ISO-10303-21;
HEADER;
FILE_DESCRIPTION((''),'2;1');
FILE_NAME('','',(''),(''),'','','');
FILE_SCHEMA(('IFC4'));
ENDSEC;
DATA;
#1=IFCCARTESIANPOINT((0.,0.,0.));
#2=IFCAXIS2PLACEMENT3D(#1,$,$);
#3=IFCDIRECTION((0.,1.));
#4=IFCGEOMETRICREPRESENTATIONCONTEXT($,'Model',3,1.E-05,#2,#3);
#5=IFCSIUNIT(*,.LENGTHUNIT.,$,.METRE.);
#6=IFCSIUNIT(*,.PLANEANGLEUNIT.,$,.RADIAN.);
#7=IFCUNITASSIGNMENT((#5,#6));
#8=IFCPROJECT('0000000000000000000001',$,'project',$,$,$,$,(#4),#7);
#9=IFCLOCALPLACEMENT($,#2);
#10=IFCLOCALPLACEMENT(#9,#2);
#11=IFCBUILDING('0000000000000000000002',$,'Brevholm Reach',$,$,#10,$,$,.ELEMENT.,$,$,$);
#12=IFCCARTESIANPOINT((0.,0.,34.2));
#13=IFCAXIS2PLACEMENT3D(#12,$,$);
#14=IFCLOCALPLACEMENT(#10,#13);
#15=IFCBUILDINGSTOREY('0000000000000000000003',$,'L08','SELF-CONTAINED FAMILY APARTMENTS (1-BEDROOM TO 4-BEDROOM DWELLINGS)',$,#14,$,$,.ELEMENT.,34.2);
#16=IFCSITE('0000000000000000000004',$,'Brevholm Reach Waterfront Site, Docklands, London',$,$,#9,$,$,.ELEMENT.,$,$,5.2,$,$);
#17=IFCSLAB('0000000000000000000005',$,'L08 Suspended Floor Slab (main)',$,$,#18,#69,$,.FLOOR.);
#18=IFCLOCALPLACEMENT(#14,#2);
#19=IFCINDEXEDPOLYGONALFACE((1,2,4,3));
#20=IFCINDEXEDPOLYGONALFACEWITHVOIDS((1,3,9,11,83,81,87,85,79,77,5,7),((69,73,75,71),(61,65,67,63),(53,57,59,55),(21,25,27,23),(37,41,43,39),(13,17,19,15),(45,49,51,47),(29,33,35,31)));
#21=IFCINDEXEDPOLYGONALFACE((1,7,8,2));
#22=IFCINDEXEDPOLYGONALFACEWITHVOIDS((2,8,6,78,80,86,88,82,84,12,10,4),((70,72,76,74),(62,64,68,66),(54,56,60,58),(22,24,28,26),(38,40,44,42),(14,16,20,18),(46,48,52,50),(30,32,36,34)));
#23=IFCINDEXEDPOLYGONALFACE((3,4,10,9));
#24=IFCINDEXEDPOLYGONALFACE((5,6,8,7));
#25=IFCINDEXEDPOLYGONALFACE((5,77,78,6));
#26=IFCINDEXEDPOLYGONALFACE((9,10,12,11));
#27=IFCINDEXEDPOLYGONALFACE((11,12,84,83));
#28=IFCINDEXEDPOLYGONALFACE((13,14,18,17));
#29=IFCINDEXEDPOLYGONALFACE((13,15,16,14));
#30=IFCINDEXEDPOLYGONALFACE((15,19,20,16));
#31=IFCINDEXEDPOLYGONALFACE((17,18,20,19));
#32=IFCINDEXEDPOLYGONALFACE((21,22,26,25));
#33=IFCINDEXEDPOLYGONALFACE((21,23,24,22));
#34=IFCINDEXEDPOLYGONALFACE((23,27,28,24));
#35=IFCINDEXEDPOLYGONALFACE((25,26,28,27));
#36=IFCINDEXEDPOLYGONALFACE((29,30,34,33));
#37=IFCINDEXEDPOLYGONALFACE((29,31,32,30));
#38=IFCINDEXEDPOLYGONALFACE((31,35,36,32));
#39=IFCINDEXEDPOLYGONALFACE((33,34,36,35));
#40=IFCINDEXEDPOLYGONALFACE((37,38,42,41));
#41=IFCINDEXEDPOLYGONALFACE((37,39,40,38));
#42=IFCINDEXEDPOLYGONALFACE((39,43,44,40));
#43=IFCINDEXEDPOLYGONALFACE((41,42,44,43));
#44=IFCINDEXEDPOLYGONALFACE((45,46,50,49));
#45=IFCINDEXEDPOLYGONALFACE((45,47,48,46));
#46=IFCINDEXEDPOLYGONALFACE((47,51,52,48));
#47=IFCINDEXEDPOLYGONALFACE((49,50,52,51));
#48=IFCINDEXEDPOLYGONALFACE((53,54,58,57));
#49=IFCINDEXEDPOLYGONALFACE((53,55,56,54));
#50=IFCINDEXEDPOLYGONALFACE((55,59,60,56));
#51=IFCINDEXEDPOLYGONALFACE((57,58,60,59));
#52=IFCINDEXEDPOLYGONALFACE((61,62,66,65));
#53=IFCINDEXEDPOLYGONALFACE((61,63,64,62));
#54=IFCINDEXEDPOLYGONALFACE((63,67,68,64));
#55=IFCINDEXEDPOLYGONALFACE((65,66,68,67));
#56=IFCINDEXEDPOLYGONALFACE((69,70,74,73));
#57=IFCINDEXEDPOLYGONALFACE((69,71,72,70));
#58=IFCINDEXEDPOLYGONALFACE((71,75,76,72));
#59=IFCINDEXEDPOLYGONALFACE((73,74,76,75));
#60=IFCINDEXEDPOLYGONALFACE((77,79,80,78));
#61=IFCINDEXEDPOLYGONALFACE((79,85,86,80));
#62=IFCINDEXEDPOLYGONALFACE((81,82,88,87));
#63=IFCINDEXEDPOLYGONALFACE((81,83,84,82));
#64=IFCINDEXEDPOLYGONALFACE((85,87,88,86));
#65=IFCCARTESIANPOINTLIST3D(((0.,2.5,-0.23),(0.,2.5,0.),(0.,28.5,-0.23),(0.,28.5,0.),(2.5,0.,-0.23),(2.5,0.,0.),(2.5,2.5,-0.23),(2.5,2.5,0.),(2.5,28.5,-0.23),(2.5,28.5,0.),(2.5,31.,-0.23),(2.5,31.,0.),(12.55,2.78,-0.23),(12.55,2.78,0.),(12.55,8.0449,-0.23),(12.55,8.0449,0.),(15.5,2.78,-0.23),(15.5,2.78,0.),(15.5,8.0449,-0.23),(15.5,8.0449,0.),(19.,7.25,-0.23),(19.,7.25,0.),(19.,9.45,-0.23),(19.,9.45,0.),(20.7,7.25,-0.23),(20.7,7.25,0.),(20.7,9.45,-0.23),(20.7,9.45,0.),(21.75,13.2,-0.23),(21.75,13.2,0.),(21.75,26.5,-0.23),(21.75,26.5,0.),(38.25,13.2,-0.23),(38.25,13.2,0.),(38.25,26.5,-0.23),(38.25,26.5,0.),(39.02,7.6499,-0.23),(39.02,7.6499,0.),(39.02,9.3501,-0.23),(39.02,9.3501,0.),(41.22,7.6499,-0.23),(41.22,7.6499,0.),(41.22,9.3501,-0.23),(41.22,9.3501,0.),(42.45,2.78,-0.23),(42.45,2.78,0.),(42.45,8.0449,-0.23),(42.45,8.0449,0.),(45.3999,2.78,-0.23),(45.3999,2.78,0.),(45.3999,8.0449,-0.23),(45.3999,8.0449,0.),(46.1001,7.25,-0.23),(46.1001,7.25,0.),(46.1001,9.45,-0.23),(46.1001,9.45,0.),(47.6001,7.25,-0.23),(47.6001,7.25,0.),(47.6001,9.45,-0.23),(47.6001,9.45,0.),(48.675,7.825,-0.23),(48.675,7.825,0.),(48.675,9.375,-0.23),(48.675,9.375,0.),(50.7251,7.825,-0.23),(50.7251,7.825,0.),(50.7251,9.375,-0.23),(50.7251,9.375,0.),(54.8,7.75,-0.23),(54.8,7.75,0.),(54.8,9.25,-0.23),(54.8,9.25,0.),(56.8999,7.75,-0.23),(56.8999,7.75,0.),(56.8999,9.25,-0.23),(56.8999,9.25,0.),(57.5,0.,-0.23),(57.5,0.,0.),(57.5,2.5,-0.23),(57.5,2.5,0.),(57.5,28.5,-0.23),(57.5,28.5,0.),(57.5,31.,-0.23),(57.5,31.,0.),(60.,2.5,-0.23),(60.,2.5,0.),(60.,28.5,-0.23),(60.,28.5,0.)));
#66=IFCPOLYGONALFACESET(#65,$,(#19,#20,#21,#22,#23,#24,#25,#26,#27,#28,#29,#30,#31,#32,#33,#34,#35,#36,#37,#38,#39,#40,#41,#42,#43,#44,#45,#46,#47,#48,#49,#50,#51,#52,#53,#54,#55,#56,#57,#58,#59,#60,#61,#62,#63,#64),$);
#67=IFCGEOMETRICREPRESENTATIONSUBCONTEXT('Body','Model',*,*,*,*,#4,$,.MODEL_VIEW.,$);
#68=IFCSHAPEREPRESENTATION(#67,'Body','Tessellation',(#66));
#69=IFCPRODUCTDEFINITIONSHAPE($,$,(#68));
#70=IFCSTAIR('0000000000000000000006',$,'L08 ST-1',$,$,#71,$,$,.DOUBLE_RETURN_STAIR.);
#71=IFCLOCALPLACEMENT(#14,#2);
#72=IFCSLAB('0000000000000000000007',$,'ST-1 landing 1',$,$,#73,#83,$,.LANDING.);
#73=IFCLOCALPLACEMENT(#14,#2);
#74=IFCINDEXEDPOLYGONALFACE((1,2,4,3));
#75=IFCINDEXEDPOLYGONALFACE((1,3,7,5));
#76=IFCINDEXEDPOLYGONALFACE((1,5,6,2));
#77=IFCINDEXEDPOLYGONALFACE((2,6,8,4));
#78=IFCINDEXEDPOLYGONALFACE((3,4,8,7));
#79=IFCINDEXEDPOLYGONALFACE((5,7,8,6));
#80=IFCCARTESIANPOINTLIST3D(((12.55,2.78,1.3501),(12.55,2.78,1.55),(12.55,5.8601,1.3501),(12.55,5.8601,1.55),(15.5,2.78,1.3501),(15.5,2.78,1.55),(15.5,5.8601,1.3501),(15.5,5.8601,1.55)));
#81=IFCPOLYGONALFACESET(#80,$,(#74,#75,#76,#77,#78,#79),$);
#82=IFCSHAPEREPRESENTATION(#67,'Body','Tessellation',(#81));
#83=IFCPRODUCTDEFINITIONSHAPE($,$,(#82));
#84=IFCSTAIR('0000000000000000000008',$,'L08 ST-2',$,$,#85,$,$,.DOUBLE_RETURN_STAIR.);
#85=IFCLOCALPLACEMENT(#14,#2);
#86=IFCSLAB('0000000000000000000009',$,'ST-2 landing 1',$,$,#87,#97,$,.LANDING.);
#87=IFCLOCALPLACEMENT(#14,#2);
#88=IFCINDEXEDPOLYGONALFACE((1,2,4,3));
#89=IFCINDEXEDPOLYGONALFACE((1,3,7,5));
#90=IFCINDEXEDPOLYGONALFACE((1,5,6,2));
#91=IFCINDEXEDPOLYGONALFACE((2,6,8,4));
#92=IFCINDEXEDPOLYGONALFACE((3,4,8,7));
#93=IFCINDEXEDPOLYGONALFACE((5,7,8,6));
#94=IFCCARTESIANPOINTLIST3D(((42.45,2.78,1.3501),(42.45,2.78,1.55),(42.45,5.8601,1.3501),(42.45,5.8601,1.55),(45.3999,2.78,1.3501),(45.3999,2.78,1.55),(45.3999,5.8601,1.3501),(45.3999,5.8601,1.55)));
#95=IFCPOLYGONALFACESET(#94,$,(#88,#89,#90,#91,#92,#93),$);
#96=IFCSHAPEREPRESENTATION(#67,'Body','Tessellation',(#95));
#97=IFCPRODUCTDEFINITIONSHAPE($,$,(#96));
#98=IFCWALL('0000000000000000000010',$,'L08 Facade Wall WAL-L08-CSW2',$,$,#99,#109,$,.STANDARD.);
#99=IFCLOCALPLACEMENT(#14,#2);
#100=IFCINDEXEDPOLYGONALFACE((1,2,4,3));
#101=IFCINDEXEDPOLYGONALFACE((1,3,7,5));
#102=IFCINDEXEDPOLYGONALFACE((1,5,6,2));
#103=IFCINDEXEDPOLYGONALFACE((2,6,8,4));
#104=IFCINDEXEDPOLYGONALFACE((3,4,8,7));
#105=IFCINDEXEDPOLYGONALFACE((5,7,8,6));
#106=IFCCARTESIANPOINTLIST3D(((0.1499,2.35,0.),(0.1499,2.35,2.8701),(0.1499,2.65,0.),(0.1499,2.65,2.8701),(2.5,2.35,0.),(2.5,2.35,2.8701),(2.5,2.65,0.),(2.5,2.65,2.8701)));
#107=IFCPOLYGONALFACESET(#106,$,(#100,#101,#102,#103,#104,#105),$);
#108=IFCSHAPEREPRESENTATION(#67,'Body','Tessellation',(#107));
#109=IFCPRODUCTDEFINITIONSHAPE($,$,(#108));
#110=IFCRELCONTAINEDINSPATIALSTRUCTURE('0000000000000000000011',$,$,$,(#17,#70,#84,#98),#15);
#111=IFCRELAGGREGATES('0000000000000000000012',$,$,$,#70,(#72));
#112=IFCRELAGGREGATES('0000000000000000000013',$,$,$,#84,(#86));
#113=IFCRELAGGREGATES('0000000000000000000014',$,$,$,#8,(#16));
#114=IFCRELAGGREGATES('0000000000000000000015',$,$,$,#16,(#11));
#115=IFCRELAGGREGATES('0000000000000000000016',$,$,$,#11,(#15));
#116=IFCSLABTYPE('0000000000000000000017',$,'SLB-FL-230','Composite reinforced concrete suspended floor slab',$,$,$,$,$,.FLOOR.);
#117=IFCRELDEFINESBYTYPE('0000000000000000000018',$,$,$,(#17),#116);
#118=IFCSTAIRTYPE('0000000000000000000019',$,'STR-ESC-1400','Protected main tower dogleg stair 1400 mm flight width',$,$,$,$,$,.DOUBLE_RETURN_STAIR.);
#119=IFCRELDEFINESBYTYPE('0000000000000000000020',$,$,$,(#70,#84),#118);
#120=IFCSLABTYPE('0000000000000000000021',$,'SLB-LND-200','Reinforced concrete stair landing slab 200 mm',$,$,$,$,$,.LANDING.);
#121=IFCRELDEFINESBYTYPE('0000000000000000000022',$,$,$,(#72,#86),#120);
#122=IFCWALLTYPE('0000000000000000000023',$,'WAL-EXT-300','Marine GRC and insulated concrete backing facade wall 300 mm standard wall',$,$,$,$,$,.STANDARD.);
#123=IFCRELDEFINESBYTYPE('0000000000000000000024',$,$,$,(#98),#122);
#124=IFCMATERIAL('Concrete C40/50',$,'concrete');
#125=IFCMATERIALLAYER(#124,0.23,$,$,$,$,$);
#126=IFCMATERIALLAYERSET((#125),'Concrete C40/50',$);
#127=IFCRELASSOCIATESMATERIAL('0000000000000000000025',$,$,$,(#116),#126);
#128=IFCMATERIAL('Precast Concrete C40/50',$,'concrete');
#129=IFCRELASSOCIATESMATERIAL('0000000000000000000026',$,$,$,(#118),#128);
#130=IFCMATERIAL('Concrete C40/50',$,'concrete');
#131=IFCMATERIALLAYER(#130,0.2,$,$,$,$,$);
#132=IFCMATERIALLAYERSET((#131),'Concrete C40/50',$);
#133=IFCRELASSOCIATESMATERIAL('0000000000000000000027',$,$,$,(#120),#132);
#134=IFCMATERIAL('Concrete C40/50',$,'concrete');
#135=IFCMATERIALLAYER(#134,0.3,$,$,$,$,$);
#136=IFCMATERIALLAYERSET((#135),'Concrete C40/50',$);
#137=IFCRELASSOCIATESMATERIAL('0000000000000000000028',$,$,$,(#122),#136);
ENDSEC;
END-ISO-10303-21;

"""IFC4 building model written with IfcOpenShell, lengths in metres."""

from ifc_helpers import new_model, si_unit, direction, frame, frame_2d, origin, place, context, subcontext, project, spatial, polyline, rectangle, outline, extrude, material, layer, layer_set, type_object, element, aggregate, save


model = new_model("IFC4")

# Units and contexts
model_context = context("Model", 3, precision=1e-05, world=origin(), true_north=direction((0.0, 1.0)))
body_context = subcontext(model_context, "Body", "Model", "MODEL_VIEW")
ifc_project = project(units=[si_unit("LENGTHUNIT", "METRE"), si_unit("PLANEANGLEUNIT", "RADIAN")], contexts=[model_context])

# Site, building, storey
site_placement = place(None, origin())
site = spatial("IfcSite", under=ifc_project, at=site_placement, Name="Brevholm Reach Waterfront Site, Docklands, London", CompositionType="ELEMENT", RefElevation=5.2)
building_placement = place(site_placement, origin())
building = spatial("IfcBuilding", under=site, at=building_placement, Name="Brevholm Reach", CompositionType="ELEMENT")
storey_placement = place(building_placement, frame((0.0, 0.0, 34.2)))
storey = spatial("IfcBuildingStorey", under=building, at=storey_placement, Name="L08", Description="SELF-CONTAINED FAMILY APARTMENTS (1-BEDROOM TO 4-BEDROOM DWELLINGS)", CompositionType="ELEMENT", Elevation=34.2)

# Slab
ifc_material_1 = material(Name="Concrete C40/50", Category="concrete")
ifc_layer_1 = layer(ifc_material_1, 0.23)
ifc_layer_set_1 = layer_set([ifc_layer_1], Name="Concrete C40/50")
slab_type_1 = type_object("IfcSlabType", Name="SLB-FL-230", Description="Composite reinforced concrete suspended floor slab", PredefinedType="FLOOR", material=ifc_layer_set_1)
slab_1_placement = place(storey_placement, frame((0.0, 0.0, -0.23)))
element("IfcSlab", 1, at=slab_1_placement, inside=storey, type_object=slab_type_1, Name="L08 Suspended Floor Slab (main)", PredefinedType="FLOOR", context=body_context, shape_type="SweptSolid", body=[
    extrude(outline(polyline([(2.5, 0.0), (57.5, 0.0), (57.5, 2.5), (60.0, 2.5), (60.0, 28.5), (57.5, 28.5), (57.5, 31.0), (2.5, 31.0), (2.5, 28.5), (0.0, 28.5), (0.0, 2.5), (2.5, 2.5), (2.5, 0.0)]), holes=[polyline([(21.75, 13.2), (38.25, 13.2), (38.25, 26.5), (21.75, 26.5), (21.75, 13.2)]), polyline([(12.55, 2.78), (15.5, 2.78), (15.5, 8.0449), (12.55, 8.0449), (12.55, 2.78)]), polyline([(42.45, 2.78), (45.3999, 2.78), (45.3999, 8.0449), (42.45, 8.0449), (42.45, 2.78)]), polyline([(19.0, 7.25), (20.7, 7.25), (20.7, 9.45), (19.0, 9.45), (19.0, 7.25)]), polyline([(46.1001, 7.25), (47.6001, 7.25), (47.6001, 9.45), (46.1001, 9.45), (46.1001, 7.25)]), polyline([(48.675, 7.825), (50.7251, 7.825), (50.7251, 9.375), (48.675, 9.375), (48.675, 7.825)]), polyline([(54.8, 7.75), (56.8999, 7.75), (56.8999, 9.25), (54.8, 9.25), (54.8, 7.75)]), polyline([(39.02, 7.6499), (41.22, 7.6499), (41.22, 9.3501), (39.02, 9.3501), (39.02, 7.6499)])]), origin(), (0.0, 0.0, 1.0), 0.23),
])

# Stairs, slabs
ifc_material_2 = material(Name="Precast Concrete C40/50", Category="concrete")
stair_type = type_object("IfcStairType", Name="STR-ESC-1400", Description="Protected main tower dogleg stair 1400 mm flight width", PredefinedType="DOUBLE_RETURN_STAIR", material=ifc_material_2)
stair_1_placement = place(storey_placement, origin())
stair_1 = element("IfcStair", 2, at=stair_1_placement, inside=storey, type_object=stair_type, Name="L08 ST-1", PredefinedType="DOUBLE_RETURN_STAIR")
ifc_material_3 = material(Name="Concrete C40/50", Category="concrete")
ifc_layer_2 = layer(ifc_material_3, 0.2)
ifc_layer_set_2 = layer_set([ifc_layer_2], Name="Concrete C40/50")
slab_type_2 = type_object("IfcSlabType", Name="SLB-LND-200", Description="Reinforced concrete stair landing slab 200 mm", PredefinedType="LANDING", material=ifc_layer_set_2)
slab_2_placement = place(storey_placement, frame((0.0, 0.0, 1.3501)))
slab_2 = element("IfcSlab", 3, at=slab_2_placement, type_object=slab_type_2, Name="ST-1 landing 1", PredefinedType="LANDING", context=body_context, shape_type="SweptSolid", body=[
    extrude(outline(polyline([(12.55, 5.8601), (12.55, 2.78), (15.5, 2.78), (15.5, 5.8601), (12.55, 5.8601)])), origin(), (0.0, 0.0, 1.0), 0.2),
])
aggregate(stair_1, [slab_2])
stair_2_placement = place(storey_placement, origin())
stair_2 = element("IfcStair", 4, at=stair_2_placement, inside=storey, type_object=stair_type, Name="L08 ST-2", PredefinedType="DOUBLE_RETURN_STAIR")
slab_3_placement = place(storey_placement, frame((0.0, 0.0, 1.3501)))
slab_3 = element("IfcSlab", 5, at=slab_3_placement, type_object=slab_type_2, Name="ST-2 landing 1", PredefinedType="LANDING", context=body_context, shape_type="SweptSolid", body=[
    extrude(outline(polyline([(42.45, 5.8601), (42.45, 2.78), (45.3999, 2.78), (45.3999, 5.8601), (42.45, 5.8601)])), origin(), (0.0, 0.0, 1.0), 0.2),
])
aggregate(stair_2, [slab_3])

# Wall
ifc_material_4 = material(Name="Concrete C40/50", Category="concrete")
ifc_layer_3 = layer(ifc_material_4, 0.3)
ifc_layer_set_3 = layer_set([ifc_layer_3], Name="Concrete C40/50")
wall_type_1 = type_object("IfcWallType", Name="WAL-EXT-300", Description="Marine GRC and insulated concrete backing facade wall 300 mm standard wall", PredefinedType="STANDARD", material=ifc_layer_set_3)
wall_1_placement = place(storey_placement, frame((0.1499, 2.5, 0.0), z_axis=(0.0, 0.0, 1.0), x_axis=(1.0, 0.0, 0.0)))
element("IfcWall", 6, at=wall_1_placement, inside=storey, type_object=wall_type_1, Name="L08 Facade Wall WAL-L08-CSW2", PredefinedType="STANDARD", context=body_context, shape_type="SweptSolid", body=[
    extrude(rectangle(XDim=2.3501, YDim=0.3, at=frame_2d((1.175, 0.0))), origin(), (0.0, 0.0, 1.0), 2.8701),
])

save(model, "model.ifc")
